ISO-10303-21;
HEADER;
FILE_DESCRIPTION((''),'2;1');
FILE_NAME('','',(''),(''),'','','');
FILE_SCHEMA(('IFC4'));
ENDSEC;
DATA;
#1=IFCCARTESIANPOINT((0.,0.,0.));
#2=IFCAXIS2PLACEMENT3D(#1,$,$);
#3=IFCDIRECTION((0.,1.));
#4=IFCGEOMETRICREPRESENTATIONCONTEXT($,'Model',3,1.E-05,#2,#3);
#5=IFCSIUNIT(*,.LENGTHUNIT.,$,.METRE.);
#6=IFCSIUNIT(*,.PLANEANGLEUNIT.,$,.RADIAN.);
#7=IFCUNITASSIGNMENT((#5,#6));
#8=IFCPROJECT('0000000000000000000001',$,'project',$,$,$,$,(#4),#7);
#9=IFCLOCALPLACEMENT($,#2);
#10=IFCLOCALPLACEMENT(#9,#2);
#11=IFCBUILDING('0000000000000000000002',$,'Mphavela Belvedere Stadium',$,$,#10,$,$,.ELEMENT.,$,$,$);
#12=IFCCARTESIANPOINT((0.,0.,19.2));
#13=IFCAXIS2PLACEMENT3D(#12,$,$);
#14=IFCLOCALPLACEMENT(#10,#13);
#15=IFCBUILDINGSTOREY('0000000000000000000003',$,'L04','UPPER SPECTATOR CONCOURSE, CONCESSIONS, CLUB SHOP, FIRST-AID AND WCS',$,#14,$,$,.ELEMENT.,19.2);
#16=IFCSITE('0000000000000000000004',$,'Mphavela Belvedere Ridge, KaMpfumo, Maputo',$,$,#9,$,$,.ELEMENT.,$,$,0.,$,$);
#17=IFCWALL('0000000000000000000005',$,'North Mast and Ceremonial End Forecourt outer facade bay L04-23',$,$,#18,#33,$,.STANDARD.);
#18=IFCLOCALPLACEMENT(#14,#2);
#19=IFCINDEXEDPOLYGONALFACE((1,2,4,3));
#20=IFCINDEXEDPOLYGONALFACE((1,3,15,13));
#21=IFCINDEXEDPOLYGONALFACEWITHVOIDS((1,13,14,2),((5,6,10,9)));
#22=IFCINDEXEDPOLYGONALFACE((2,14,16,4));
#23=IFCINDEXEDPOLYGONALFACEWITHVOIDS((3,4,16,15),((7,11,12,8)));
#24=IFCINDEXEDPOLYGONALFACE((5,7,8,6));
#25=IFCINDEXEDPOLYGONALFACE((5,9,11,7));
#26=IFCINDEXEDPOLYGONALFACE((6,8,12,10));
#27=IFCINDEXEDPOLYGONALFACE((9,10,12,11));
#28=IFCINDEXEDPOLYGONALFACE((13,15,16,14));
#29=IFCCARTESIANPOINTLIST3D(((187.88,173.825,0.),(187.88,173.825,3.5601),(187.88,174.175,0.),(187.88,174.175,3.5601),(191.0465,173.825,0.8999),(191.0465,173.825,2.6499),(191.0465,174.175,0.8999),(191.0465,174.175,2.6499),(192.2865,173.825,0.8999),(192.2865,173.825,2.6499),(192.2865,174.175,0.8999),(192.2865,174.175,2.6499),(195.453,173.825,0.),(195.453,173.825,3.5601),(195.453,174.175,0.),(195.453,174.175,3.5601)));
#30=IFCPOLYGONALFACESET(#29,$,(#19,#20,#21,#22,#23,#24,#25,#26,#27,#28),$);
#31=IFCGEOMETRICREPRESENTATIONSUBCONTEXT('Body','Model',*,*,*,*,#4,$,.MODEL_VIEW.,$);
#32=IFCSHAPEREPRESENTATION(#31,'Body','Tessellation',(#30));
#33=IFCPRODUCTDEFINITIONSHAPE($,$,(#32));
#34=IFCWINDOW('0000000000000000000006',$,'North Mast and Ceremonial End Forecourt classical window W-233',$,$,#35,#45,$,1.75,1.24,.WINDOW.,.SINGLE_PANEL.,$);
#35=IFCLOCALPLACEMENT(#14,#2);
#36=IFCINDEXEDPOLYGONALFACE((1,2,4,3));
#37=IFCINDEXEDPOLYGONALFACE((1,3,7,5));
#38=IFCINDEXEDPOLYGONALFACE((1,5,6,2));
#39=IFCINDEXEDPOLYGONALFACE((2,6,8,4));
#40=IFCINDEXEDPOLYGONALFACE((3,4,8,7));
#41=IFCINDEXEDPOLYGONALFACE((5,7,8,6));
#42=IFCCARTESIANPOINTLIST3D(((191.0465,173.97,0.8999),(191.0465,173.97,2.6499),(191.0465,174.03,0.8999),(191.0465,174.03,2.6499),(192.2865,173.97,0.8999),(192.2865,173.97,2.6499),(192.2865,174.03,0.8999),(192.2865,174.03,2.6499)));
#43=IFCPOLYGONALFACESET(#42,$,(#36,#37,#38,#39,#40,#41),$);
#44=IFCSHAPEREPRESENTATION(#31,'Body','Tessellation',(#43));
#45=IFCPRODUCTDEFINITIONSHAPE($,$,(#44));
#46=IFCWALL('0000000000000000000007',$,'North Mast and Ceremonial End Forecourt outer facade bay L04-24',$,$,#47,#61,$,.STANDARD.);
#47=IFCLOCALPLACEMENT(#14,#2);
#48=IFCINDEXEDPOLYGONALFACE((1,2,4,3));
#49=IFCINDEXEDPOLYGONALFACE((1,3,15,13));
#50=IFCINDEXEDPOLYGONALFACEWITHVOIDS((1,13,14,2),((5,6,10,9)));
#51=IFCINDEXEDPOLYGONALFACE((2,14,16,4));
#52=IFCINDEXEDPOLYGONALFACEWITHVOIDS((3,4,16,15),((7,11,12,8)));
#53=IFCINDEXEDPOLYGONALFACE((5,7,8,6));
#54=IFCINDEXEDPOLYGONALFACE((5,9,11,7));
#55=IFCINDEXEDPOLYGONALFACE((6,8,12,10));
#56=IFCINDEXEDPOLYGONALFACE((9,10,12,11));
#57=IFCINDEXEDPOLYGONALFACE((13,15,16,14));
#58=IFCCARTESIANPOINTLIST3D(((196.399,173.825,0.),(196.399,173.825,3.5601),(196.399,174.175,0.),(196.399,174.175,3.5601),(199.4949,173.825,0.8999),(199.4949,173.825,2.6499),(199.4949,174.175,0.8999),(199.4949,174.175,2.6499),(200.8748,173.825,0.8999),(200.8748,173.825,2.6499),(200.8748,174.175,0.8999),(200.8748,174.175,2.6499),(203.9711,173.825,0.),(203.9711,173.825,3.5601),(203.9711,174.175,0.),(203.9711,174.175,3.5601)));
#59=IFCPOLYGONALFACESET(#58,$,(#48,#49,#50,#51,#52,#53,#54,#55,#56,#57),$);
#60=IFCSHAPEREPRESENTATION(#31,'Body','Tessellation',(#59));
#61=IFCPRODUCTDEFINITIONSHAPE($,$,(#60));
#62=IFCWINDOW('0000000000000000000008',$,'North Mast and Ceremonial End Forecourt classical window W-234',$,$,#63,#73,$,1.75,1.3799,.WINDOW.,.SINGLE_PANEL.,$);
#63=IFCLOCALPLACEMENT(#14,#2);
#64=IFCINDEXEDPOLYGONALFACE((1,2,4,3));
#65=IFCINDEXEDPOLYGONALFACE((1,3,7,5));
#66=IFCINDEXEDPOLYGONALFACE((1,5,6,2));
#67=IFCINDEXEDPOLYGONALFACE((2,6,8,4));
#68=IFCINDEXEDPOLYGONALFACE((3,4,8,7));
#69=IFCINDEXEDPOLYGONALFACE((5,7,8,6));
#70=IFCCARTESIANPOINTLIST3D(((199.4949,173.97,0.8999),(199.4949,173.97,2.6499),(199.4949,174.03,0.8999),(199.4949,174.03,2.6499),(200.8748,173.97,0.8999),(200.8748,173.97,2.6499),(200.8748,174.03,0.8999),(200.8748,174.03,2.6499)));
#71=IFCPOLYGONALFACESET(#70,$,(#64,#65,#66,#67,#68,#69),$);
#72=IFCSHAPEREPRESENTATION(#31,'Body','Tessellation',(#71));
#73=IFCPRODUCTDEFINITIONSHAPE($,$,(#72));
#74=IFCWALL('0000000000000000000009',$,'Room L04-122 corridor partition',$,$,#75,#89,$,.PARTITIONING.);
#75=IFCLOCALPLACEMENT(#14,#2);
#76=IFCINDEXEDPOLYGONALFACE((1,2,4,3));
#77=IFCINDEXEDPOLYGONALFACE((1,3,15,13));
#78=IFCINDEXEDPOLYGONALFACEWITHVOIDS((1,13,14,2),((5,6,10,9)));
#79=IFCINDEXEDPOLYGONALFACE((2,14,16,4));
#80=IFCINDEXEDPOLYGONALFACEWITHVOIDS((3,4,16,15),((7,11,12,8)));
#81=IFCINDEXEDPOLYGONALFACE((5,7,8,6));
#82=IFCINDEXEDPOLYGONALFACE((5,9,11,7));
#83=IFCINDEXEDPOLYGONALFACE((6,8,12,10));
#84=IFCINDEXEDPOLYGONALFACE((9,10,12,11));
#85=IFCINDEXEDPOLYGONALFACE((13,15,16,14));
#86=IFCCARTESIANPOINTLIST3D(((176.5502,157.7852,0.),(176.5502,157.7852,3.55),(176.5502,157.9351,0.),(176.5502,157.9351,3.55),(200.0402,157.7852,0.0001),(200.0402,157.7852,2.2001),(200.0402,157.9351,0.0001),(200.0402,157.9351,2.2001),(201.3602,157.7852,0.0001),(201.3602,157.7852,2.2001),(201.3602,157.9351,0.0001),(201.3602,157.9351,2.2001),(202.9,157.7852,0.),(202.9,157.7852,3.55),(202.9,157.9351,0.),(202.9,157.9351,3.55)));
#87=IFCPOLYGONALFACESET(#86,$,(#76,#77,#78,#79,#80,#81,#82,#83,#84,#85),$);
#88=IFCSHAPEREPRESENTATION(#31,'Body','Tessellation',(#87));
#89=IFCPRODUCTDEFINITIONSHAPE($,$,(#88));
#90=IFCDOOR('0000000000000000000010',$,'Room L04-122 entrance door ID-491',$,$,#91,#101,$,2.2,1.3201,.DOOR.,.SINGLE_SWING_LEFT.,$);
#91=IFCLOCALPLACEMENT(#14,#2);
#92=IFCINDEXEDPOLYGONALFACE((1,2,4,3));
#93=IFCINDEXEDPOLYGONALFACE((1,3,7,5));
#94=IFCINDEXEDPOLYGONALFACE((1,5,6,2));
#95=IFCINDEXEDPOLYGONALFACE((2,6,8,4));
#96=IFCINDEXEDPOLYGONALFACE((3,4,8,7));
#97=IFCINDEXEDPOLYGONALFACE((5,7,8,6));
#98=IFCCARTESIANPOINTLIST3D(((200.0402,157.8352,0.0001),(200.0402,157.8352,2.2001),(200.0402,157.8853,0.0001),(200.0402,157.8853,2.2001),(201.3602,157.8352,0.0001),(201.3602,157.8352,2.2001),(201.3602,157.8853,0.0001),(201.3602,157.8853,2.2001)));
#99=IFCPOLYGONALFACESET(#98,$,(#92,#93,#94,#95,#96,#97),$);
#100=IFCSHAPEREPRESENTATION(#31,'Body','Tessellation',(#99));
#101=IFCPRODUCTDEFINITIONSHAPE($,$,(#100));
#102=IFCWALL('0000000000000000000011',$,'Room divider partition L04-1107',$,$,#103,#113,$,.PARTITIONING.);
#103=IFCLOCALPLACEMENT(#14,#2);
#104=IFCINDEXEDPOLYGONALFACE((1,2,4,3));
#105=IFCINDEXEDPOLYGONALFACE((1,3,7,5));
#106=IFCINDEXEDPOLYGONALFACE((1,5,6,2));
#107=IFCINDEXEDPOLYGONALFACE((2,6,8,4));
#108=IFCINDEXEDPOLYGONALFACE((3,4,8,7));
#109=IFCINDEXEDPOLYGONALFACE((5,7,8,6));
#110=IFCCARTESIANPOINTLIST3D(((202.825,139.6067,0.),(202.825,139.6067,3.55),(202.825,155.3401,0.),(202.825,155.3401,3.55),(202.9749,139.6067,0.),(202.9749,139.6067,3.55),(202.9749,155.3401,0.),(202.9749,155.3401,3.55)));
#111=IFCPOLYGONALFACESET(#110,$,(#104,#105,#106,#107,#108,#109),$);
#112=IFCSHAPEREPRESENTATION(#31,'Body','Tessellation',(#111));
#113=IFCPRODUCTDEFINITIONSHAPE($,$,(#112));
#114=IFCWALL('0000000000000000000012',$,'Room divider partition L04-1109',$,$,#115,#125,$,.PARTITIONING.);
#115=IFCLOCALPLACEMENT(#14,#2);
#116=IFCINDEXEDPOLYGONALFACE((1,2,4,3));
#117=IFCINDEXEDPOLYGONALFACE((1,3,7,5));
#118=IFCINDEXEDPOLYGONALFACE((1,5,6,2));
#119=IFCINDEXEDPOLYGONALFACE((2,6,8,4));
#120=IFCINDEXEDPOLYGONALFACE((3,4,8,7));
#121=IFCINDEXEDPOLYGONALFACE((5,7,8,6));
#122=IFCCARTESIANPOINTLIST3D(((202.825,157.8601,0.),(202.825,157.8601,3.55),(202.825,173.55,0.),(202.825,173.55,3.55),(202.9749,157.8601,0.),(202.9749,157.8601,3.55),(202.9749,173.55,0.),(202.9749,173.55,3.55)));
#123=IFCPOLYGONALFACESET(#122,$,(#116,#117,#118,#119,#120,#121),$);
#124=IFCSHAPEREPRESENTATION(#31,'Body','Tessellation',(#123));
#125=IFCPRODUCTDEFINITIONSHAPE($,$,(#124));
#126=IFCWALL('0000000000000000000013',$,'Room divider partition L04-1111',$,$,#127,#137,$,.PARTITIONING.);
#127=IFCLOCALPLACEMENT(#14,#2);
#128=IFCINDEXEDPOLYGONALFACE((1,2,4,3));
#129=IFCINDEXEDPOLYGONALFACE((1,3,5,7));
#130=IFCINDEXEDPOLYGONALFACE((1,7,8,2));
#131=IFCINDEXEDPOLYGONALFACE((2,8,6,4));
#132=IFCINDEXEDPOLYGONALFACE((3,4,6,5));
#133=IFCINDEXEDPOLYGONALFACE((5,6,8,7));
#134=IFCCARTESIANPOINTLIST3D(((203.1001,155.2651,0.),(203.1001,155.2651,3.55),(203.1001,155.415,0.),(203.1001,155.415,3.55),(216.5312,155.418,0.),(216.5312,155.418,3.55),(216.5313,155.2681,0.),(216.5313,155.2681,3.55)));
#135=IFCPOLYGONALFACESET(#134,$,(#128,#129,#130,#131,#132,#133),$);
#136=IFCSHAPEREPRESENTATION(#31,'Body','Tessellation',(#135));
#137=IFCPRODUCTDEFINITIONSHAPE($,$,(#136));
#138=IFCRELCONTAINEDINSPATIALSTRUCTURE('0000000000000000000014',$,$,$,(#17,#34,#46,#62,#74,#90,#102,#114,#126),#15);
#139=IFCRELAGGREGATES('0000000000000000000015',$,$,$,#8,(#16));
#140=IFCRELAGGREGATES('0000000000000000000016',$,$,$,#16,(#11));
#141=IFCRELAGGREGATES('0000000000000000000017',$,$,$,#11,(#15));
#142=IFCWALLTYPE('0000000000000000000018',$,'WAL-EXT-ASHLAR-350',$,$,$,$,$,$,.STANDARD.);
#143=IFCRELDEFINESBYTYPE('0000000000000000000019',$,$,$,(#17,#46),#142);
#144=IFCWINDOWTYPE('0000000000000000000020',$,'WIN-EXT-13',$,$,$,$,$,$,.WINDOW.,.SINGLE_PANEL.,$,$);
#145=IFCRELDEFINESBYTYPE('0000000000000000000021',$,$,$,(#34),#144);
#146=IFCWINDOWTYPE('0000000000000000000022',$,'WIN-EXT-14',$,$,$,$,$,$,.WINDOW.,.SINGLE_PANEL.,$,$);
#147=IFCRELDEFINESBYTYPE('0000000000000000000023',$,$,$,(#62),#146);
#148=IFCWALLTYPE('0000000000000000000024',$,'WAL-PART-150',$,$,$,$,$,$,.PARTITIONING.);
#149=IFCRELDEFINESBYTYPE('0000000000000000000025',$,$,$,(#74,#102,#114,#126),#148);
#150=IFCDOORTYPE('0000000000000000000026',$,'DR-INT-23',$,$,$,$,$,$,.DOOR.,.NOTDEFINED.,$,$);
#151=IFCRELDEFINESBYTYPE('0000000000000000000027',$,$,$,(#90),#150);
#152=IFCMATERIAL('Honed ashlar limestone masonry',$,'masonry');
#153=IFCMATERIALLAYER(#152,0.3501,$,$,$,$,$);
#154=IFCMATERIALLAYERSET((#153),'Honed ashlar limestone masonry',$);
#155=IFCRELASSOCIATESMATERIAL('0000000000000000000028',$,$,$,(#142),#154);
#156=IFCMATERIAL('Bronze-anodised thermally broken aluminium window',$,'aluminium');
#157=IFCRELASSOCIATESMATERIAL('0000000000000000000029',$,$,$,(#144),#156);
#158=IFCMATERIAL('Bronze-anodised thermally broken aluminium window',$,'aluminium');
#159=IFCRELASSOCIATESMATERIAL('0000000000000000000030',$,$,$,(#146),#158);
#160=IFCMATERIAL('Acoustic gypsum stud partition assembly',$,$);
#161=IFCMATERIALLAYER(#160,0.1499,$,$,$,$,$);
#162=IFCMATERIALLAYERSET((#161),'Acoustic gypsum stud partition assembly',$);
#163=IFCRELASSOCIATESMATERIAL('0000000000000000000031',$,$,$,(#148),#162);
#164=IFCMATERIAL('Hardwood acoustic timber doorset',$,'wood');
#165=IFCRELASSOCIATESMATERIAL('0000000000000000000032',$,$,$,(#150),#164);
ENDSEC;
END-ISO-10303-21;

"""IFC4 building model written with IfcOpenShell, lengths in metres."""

from ifc_helpers import new_model, si_unit, direction, frame, frame_2d, origin, place, context, subcontext, project, spatial, rectangle, extrude, material, layer, layer_set, type_object, element, fill, save


model = new_model("IFC4")

# Units and contexts
model_context = context("Model", 3, precision=1e-05, world=origin(), true_north=direction((0.0, 1.0)))
body_context = subcontext(model_context, "Body", "Model", "MODEL_VIEW")
ifc_project = project(units=[si_unit("LENGTHUNIT", "METRE"), si_unit("PLANEANGLEUNIT", "RADIAN")], contexts=[model_context])

# Site, building, storey
site_placement = place(None, origin())
site = spatial("IfcSite", under=ifc_project, at=site_placement, Name="Mphavela Belvedere Ridge, KaMpfumo, Maputo", CompositionType="ELEMENT", RefElevation=0.0)
building_placement = place(site_placement, origin())
building = spatial("IfcBuilding", under=site, at=building_placement, Name="Mphavela Belvedere Stadium", CompositionType="ELEMENT")
storey_placement = place(building_placement, frame((0.0, 0.0, 19.2)))
storey = spatial("IfcBuildingStorey", under=building, at=storey_placement, Name="L04", Description="UPPER SPECTATOR CONCOURSE, CONCESSIONS, CLUB SHOP, FIRST-AID AND WCS", CompositionType="ELEMENT", Elevation=19.2)

# Walls, openings, windows
ifc_material_1 = material(Name="Honed ashlar limestone masonry", Category="masonry")
ifc_layer_1 = layer(ifc_material_1, 0.3501)
ifc_layer_set_1 = layer_set([ifc_layer_1], Name="Honed ashlar limestone masonry")
wall_type_1 = type_object("IfcWallType", Name="WAL-EXT-ASHLAR-350", PredefinedType="STANDARD", material=ifc_layer_set_1)
wall_1_placement = place(storey_placement, frame((187.8799, 174.0, 0.0), z_axis=(0.0, 0.0, 1.0), x_axis=(1.0, 0.0, 0.0)))
wall_1 = element("IfcWall", 1, at=wall_1_placement, inside=storey, type_object=wall_type_1, Name="North Mast and Ceremonial End Forecourt outer facade bay L04-23", PredefinedType="STANDARD", context=body_context, shape_type="SweptSolid", body=[
    extrude(rectangle(XDim=7.573, YDim=0.3501, at=frame_2d((3.7866, 0.0))), origin(), (0.0, 0.0, 1.0), 3.5601),
])
opening_1_placement = place(wall_1_placement, frame((3.1665, 0.0, 0.8999)))
opening_1 = element("IfcOpeningElement", 2, at=opening_1_placement, cuts=wall_1, PredefinedType="OPENING", context=body_context, shape_type="SweptSolid", body=[
    extrude(rectangle(XDim=1.24, YDim=1.75, at=frame_2d((0.6201, 0.875))), frame((0.0, 0.1851, 0.0), z_axis=(0.0, -1.0, 0.0), x_axis=(1.0, 0.0, 0.0)), (0.0, 0.0, 1.0), 0.3701),
])
ifc_material_2 = material(Name="Bronze-anodised thermally broken aluminium window", Category="aluminium")
window_type_1 = type_object("IfcWindowType", Name="WIN-EXT-13", PartitioningType="SINGLE_PANEL", PredefinedType="WINDOW", material=ifc_material_2)
window_1_placement = place(opening_1_placement, origin())
window_1 = element("IfcWindow", 3, at=window_1_placement, inside=storey, type_object=window_type_1, Name="North Mast and Ceremonial End Forecourt classical window W-233", OverallHeight=1.75, OverallWidth=1.24, PartitioningType="SINGLE_PANEL", PredefinedType="WINDOW", context=body_context, shape_type="SweptSolid", body=[
    extrude(rectangle(XDim=1.24, YDim=1.75, at=frame_2d((0.6201, 0.875))), frame((0.0, 0.03, 0.0), z_axis=(0.0, -1.0, 0.0), x_axis=(1.0, 0.0, 0.0)), (0.0, 0.0, 1.0), 0.0601),
])
fill(opening_1, window_1)
wall_2_placement = place(storey_placement, frame((196.3989, 174.0, 0.0), z_axis=(0.0, 0.0, 1.0), x_axis=(1.0, 0.0, 0.0)))
wall_2 = element("IfcWall", 4, at=wall_2_placement, inside=storey, type_object=wall_type_1, Name="North Mast and Ceremonial End Forecourt outer facade bay L04-24", PredefinedType="STANDARD", context=body_context, shape_type="SweptSolid", body=[
    extrude(rectangle(XDim=7.572, YDim=0.3501, at=frame_2d((3.7861, 0.0))), origin(), (0.0, 0.0, 1.0), 3.5601),
])
opening_2_placement = place(wall_2_placement, frame((3.0959, 0.0, 0.8999)))
opening_2 = element("IfcOpeningElement", 5, at=opening_2_placement, cuts=wall_2, PredefinedType="OPENING", context=body_context, shape_type="SweptSolid", body=[
    extrude(rectangle(XDim=1.3799, YDim=1.75, at=frame_2d((0.6899, 0.875))), frame((0.0, 0.1851, 0.0), z_axis=(0.0, -1.0, 0.0), x_axis=(1.0, 0.0, 0.0)), (0.0, 0.0, 1.0), 0.3701),
])
ifc_material_3 = material(Name="Bronze-anodised thermally broken aluminium window", Category="aluminium")
window_type_2 = type_object("IfcWindowType", Name="WIN-EXT-14", PartitioningType="SINGLE_PANEL", PredefinedType="WINDOW", material=ifc_material_3)
window_2_placement = place(opening_2_placement, origin())
window_2 = element("IfcWindow", 6, at=window_2_placement, inside=storey, type_object=window_type_2, Name="North Mast and Ceremonial End Forecourt classical window W-234", OverallHeight=1.75, OverallWidth=1.3799, PartitioningType="SINGLE_PANEL", PredefinedType="WINDOW", context=body_context, shape_type="SweptSolid", body=[
    extrude(rectangle(XDim=1.3799, YDim=1.75, at=frame_2d((0.6899, 0.875))), frame((0.0, 0.03, 0.0), z_axis=(0.0, -1.0, 0.0), x_axis=(1.0, 0.0, 0.0)), (0.0, 0.0, 1.0), 0.0601),
])
fill(opening_2, window_2)

# Wall, opening, door
ifc_material_4 = material(Name="Acoustic gypsum stud partition assembly")
ifc_layer_2 = layer(ifc_material_4, 0.1499)
ifc_layer_set_2 = layer_set([ifc_layer_2], Name="Acoustic gypsum stud partition assembly")
wall_type_2 = type_object("IfcWallType", Name="WAL-PART-150", PredefinedType="PARTITIONING", material=ifc_layer_set_2)
wall_3_placement = place(storey_placement, frame((202.8999, 157.8601, 0.0), z_axis=(0.0, 0.0, 1.0), x_axis=(-1.0, 0.0, 0.0)))
wall_3 = element("IfcWall", 7, at=wall_3_placement, inside=storey, type_object=wall_type_2, Name="Room L04-122 corridor partition", PredefinedType="PARTITIONING", context=body_context, shape_type="SweptSolid", body=[
    extrude(rectangle(XDim=26.3499, YDim=0.1499, at=frame_2d((13.1748, 0.0))), origin(), (0.0, 0.0, 1.0), 3.55),
])
opening_3_placement = place(wall_3_placement, frame((1.5396, 0.0, 0.0)))
opening_3 = element("IfcOpeningElement", 8, at=opening_3_placement, cuts=wall_3, PredefinedType="OPENING", context=body_context, shape_type="SweptSolid", body=[
    extrude(rectangle(XDim=1.3201, YDim=2.2, at=frame_2d((0.6602, 1.1001))), frame((0.0, 0.085, 0.0), z_axis=(0.0, -1.0, 0.0), x_axis=(1.0, 0.0, 0.0)), (0.0, 0.0, 1.0), 0.1699),
])
ifc_material_5 = material(Name="Hardwood acoustic timber doorset", Category="wood")
door_type = type_object("IfcDoorType", Name="DR-INT-23", OperationType="NOTDEFINED", PredefinedType="DOOR", material=ifc_material_5)
door_placement = place(opening_3_placement, origin())
door = element("IfcDoor", 9, at=door_placement, inside=storey, type_object=door_type, Name="Room L04-122 entrance door ID-491", OperationType="SINGLE_SWING_LEFT", OverallHeight=2.2, OverallWidth=1.3201, PredefinedType="DOOR", context=body_context, shape_type="SweptSolid", body=[
    extrude(rectangle(XDim=1.3201, YDim=2.2, at=frame_2d((0.6602, 1.1001))), frame((0.0, 0.0249, 0.0), z_axis=(0.0, -1.0, 0.0), x_axis=(1.0, 0.0, 0.0)), (0.0, 0.0, 1.0), 0.05),
])
fill(opening_3, door)

# Walls
wall_4_placement = place(storey_placement, frame((202.8999, 155.3401, 0.0), z_axis=(0.0, 0.0, 1.0), x_axis=(0.0, -1.0, 0.0)))
element("IfcWall", 10, at=wall_4_placement, inside=storey, type_object=wall_type_2, Name="Room divider partition L04-1107", PredefinedType="PARTITIONING", context=body_context, shape_type="SweptSolid", body=[
    extrude(rectangle(XDim=15.7334, YDim=0.1499, at=frame_2d((7.8667, 0.0))), origin(), (0.0, 0.0, 1.0), 3.55),
])
wall_5_placement = place(storey_placement, frame((202.8999, 173.55, 0.0), z_axis=(0.0, 0.0, 1.0), x_axis=(0.0, -1.0, 0.0)))
element("IfcWall", 11, at=wall_5_placement, inside=storey, type_object=wall_type_2, Name="Room divider partition L04-1109", PredefinedType="PARTITIONING", context=body_context, shape_type="SweptSolid", body=[
    extrude(rectangle(XDim=15.6899, YDim=0.1499, at=frame_2d((7.845, 0.0))), origin(), (0.0, 0.0, 1.0), 3.55),
])
wall_6_placement = place(storey_placement, frame((203.1001, 155.3401, 0.0), z_axis=(0.0, 0.0, 1.0), x_axis=(1.0, 0.000218, 0.0)))
element("IfcWall", 12, at=wall_6_placement, inside=storey, type_object=wall_type_2, Name="Room divider partition L04-1111", PredefinedType="PARTITIONING", context=body_context, shape_type="SweptSolid", body=[
    extrude(rectangle(XDim=13.4312, YDim=0.1499, at=frame_2d((6.7156, 0.0))), origin(), (0.0, 0.0, 1.0), 3.55),
])

save(model, "model.ifc")
